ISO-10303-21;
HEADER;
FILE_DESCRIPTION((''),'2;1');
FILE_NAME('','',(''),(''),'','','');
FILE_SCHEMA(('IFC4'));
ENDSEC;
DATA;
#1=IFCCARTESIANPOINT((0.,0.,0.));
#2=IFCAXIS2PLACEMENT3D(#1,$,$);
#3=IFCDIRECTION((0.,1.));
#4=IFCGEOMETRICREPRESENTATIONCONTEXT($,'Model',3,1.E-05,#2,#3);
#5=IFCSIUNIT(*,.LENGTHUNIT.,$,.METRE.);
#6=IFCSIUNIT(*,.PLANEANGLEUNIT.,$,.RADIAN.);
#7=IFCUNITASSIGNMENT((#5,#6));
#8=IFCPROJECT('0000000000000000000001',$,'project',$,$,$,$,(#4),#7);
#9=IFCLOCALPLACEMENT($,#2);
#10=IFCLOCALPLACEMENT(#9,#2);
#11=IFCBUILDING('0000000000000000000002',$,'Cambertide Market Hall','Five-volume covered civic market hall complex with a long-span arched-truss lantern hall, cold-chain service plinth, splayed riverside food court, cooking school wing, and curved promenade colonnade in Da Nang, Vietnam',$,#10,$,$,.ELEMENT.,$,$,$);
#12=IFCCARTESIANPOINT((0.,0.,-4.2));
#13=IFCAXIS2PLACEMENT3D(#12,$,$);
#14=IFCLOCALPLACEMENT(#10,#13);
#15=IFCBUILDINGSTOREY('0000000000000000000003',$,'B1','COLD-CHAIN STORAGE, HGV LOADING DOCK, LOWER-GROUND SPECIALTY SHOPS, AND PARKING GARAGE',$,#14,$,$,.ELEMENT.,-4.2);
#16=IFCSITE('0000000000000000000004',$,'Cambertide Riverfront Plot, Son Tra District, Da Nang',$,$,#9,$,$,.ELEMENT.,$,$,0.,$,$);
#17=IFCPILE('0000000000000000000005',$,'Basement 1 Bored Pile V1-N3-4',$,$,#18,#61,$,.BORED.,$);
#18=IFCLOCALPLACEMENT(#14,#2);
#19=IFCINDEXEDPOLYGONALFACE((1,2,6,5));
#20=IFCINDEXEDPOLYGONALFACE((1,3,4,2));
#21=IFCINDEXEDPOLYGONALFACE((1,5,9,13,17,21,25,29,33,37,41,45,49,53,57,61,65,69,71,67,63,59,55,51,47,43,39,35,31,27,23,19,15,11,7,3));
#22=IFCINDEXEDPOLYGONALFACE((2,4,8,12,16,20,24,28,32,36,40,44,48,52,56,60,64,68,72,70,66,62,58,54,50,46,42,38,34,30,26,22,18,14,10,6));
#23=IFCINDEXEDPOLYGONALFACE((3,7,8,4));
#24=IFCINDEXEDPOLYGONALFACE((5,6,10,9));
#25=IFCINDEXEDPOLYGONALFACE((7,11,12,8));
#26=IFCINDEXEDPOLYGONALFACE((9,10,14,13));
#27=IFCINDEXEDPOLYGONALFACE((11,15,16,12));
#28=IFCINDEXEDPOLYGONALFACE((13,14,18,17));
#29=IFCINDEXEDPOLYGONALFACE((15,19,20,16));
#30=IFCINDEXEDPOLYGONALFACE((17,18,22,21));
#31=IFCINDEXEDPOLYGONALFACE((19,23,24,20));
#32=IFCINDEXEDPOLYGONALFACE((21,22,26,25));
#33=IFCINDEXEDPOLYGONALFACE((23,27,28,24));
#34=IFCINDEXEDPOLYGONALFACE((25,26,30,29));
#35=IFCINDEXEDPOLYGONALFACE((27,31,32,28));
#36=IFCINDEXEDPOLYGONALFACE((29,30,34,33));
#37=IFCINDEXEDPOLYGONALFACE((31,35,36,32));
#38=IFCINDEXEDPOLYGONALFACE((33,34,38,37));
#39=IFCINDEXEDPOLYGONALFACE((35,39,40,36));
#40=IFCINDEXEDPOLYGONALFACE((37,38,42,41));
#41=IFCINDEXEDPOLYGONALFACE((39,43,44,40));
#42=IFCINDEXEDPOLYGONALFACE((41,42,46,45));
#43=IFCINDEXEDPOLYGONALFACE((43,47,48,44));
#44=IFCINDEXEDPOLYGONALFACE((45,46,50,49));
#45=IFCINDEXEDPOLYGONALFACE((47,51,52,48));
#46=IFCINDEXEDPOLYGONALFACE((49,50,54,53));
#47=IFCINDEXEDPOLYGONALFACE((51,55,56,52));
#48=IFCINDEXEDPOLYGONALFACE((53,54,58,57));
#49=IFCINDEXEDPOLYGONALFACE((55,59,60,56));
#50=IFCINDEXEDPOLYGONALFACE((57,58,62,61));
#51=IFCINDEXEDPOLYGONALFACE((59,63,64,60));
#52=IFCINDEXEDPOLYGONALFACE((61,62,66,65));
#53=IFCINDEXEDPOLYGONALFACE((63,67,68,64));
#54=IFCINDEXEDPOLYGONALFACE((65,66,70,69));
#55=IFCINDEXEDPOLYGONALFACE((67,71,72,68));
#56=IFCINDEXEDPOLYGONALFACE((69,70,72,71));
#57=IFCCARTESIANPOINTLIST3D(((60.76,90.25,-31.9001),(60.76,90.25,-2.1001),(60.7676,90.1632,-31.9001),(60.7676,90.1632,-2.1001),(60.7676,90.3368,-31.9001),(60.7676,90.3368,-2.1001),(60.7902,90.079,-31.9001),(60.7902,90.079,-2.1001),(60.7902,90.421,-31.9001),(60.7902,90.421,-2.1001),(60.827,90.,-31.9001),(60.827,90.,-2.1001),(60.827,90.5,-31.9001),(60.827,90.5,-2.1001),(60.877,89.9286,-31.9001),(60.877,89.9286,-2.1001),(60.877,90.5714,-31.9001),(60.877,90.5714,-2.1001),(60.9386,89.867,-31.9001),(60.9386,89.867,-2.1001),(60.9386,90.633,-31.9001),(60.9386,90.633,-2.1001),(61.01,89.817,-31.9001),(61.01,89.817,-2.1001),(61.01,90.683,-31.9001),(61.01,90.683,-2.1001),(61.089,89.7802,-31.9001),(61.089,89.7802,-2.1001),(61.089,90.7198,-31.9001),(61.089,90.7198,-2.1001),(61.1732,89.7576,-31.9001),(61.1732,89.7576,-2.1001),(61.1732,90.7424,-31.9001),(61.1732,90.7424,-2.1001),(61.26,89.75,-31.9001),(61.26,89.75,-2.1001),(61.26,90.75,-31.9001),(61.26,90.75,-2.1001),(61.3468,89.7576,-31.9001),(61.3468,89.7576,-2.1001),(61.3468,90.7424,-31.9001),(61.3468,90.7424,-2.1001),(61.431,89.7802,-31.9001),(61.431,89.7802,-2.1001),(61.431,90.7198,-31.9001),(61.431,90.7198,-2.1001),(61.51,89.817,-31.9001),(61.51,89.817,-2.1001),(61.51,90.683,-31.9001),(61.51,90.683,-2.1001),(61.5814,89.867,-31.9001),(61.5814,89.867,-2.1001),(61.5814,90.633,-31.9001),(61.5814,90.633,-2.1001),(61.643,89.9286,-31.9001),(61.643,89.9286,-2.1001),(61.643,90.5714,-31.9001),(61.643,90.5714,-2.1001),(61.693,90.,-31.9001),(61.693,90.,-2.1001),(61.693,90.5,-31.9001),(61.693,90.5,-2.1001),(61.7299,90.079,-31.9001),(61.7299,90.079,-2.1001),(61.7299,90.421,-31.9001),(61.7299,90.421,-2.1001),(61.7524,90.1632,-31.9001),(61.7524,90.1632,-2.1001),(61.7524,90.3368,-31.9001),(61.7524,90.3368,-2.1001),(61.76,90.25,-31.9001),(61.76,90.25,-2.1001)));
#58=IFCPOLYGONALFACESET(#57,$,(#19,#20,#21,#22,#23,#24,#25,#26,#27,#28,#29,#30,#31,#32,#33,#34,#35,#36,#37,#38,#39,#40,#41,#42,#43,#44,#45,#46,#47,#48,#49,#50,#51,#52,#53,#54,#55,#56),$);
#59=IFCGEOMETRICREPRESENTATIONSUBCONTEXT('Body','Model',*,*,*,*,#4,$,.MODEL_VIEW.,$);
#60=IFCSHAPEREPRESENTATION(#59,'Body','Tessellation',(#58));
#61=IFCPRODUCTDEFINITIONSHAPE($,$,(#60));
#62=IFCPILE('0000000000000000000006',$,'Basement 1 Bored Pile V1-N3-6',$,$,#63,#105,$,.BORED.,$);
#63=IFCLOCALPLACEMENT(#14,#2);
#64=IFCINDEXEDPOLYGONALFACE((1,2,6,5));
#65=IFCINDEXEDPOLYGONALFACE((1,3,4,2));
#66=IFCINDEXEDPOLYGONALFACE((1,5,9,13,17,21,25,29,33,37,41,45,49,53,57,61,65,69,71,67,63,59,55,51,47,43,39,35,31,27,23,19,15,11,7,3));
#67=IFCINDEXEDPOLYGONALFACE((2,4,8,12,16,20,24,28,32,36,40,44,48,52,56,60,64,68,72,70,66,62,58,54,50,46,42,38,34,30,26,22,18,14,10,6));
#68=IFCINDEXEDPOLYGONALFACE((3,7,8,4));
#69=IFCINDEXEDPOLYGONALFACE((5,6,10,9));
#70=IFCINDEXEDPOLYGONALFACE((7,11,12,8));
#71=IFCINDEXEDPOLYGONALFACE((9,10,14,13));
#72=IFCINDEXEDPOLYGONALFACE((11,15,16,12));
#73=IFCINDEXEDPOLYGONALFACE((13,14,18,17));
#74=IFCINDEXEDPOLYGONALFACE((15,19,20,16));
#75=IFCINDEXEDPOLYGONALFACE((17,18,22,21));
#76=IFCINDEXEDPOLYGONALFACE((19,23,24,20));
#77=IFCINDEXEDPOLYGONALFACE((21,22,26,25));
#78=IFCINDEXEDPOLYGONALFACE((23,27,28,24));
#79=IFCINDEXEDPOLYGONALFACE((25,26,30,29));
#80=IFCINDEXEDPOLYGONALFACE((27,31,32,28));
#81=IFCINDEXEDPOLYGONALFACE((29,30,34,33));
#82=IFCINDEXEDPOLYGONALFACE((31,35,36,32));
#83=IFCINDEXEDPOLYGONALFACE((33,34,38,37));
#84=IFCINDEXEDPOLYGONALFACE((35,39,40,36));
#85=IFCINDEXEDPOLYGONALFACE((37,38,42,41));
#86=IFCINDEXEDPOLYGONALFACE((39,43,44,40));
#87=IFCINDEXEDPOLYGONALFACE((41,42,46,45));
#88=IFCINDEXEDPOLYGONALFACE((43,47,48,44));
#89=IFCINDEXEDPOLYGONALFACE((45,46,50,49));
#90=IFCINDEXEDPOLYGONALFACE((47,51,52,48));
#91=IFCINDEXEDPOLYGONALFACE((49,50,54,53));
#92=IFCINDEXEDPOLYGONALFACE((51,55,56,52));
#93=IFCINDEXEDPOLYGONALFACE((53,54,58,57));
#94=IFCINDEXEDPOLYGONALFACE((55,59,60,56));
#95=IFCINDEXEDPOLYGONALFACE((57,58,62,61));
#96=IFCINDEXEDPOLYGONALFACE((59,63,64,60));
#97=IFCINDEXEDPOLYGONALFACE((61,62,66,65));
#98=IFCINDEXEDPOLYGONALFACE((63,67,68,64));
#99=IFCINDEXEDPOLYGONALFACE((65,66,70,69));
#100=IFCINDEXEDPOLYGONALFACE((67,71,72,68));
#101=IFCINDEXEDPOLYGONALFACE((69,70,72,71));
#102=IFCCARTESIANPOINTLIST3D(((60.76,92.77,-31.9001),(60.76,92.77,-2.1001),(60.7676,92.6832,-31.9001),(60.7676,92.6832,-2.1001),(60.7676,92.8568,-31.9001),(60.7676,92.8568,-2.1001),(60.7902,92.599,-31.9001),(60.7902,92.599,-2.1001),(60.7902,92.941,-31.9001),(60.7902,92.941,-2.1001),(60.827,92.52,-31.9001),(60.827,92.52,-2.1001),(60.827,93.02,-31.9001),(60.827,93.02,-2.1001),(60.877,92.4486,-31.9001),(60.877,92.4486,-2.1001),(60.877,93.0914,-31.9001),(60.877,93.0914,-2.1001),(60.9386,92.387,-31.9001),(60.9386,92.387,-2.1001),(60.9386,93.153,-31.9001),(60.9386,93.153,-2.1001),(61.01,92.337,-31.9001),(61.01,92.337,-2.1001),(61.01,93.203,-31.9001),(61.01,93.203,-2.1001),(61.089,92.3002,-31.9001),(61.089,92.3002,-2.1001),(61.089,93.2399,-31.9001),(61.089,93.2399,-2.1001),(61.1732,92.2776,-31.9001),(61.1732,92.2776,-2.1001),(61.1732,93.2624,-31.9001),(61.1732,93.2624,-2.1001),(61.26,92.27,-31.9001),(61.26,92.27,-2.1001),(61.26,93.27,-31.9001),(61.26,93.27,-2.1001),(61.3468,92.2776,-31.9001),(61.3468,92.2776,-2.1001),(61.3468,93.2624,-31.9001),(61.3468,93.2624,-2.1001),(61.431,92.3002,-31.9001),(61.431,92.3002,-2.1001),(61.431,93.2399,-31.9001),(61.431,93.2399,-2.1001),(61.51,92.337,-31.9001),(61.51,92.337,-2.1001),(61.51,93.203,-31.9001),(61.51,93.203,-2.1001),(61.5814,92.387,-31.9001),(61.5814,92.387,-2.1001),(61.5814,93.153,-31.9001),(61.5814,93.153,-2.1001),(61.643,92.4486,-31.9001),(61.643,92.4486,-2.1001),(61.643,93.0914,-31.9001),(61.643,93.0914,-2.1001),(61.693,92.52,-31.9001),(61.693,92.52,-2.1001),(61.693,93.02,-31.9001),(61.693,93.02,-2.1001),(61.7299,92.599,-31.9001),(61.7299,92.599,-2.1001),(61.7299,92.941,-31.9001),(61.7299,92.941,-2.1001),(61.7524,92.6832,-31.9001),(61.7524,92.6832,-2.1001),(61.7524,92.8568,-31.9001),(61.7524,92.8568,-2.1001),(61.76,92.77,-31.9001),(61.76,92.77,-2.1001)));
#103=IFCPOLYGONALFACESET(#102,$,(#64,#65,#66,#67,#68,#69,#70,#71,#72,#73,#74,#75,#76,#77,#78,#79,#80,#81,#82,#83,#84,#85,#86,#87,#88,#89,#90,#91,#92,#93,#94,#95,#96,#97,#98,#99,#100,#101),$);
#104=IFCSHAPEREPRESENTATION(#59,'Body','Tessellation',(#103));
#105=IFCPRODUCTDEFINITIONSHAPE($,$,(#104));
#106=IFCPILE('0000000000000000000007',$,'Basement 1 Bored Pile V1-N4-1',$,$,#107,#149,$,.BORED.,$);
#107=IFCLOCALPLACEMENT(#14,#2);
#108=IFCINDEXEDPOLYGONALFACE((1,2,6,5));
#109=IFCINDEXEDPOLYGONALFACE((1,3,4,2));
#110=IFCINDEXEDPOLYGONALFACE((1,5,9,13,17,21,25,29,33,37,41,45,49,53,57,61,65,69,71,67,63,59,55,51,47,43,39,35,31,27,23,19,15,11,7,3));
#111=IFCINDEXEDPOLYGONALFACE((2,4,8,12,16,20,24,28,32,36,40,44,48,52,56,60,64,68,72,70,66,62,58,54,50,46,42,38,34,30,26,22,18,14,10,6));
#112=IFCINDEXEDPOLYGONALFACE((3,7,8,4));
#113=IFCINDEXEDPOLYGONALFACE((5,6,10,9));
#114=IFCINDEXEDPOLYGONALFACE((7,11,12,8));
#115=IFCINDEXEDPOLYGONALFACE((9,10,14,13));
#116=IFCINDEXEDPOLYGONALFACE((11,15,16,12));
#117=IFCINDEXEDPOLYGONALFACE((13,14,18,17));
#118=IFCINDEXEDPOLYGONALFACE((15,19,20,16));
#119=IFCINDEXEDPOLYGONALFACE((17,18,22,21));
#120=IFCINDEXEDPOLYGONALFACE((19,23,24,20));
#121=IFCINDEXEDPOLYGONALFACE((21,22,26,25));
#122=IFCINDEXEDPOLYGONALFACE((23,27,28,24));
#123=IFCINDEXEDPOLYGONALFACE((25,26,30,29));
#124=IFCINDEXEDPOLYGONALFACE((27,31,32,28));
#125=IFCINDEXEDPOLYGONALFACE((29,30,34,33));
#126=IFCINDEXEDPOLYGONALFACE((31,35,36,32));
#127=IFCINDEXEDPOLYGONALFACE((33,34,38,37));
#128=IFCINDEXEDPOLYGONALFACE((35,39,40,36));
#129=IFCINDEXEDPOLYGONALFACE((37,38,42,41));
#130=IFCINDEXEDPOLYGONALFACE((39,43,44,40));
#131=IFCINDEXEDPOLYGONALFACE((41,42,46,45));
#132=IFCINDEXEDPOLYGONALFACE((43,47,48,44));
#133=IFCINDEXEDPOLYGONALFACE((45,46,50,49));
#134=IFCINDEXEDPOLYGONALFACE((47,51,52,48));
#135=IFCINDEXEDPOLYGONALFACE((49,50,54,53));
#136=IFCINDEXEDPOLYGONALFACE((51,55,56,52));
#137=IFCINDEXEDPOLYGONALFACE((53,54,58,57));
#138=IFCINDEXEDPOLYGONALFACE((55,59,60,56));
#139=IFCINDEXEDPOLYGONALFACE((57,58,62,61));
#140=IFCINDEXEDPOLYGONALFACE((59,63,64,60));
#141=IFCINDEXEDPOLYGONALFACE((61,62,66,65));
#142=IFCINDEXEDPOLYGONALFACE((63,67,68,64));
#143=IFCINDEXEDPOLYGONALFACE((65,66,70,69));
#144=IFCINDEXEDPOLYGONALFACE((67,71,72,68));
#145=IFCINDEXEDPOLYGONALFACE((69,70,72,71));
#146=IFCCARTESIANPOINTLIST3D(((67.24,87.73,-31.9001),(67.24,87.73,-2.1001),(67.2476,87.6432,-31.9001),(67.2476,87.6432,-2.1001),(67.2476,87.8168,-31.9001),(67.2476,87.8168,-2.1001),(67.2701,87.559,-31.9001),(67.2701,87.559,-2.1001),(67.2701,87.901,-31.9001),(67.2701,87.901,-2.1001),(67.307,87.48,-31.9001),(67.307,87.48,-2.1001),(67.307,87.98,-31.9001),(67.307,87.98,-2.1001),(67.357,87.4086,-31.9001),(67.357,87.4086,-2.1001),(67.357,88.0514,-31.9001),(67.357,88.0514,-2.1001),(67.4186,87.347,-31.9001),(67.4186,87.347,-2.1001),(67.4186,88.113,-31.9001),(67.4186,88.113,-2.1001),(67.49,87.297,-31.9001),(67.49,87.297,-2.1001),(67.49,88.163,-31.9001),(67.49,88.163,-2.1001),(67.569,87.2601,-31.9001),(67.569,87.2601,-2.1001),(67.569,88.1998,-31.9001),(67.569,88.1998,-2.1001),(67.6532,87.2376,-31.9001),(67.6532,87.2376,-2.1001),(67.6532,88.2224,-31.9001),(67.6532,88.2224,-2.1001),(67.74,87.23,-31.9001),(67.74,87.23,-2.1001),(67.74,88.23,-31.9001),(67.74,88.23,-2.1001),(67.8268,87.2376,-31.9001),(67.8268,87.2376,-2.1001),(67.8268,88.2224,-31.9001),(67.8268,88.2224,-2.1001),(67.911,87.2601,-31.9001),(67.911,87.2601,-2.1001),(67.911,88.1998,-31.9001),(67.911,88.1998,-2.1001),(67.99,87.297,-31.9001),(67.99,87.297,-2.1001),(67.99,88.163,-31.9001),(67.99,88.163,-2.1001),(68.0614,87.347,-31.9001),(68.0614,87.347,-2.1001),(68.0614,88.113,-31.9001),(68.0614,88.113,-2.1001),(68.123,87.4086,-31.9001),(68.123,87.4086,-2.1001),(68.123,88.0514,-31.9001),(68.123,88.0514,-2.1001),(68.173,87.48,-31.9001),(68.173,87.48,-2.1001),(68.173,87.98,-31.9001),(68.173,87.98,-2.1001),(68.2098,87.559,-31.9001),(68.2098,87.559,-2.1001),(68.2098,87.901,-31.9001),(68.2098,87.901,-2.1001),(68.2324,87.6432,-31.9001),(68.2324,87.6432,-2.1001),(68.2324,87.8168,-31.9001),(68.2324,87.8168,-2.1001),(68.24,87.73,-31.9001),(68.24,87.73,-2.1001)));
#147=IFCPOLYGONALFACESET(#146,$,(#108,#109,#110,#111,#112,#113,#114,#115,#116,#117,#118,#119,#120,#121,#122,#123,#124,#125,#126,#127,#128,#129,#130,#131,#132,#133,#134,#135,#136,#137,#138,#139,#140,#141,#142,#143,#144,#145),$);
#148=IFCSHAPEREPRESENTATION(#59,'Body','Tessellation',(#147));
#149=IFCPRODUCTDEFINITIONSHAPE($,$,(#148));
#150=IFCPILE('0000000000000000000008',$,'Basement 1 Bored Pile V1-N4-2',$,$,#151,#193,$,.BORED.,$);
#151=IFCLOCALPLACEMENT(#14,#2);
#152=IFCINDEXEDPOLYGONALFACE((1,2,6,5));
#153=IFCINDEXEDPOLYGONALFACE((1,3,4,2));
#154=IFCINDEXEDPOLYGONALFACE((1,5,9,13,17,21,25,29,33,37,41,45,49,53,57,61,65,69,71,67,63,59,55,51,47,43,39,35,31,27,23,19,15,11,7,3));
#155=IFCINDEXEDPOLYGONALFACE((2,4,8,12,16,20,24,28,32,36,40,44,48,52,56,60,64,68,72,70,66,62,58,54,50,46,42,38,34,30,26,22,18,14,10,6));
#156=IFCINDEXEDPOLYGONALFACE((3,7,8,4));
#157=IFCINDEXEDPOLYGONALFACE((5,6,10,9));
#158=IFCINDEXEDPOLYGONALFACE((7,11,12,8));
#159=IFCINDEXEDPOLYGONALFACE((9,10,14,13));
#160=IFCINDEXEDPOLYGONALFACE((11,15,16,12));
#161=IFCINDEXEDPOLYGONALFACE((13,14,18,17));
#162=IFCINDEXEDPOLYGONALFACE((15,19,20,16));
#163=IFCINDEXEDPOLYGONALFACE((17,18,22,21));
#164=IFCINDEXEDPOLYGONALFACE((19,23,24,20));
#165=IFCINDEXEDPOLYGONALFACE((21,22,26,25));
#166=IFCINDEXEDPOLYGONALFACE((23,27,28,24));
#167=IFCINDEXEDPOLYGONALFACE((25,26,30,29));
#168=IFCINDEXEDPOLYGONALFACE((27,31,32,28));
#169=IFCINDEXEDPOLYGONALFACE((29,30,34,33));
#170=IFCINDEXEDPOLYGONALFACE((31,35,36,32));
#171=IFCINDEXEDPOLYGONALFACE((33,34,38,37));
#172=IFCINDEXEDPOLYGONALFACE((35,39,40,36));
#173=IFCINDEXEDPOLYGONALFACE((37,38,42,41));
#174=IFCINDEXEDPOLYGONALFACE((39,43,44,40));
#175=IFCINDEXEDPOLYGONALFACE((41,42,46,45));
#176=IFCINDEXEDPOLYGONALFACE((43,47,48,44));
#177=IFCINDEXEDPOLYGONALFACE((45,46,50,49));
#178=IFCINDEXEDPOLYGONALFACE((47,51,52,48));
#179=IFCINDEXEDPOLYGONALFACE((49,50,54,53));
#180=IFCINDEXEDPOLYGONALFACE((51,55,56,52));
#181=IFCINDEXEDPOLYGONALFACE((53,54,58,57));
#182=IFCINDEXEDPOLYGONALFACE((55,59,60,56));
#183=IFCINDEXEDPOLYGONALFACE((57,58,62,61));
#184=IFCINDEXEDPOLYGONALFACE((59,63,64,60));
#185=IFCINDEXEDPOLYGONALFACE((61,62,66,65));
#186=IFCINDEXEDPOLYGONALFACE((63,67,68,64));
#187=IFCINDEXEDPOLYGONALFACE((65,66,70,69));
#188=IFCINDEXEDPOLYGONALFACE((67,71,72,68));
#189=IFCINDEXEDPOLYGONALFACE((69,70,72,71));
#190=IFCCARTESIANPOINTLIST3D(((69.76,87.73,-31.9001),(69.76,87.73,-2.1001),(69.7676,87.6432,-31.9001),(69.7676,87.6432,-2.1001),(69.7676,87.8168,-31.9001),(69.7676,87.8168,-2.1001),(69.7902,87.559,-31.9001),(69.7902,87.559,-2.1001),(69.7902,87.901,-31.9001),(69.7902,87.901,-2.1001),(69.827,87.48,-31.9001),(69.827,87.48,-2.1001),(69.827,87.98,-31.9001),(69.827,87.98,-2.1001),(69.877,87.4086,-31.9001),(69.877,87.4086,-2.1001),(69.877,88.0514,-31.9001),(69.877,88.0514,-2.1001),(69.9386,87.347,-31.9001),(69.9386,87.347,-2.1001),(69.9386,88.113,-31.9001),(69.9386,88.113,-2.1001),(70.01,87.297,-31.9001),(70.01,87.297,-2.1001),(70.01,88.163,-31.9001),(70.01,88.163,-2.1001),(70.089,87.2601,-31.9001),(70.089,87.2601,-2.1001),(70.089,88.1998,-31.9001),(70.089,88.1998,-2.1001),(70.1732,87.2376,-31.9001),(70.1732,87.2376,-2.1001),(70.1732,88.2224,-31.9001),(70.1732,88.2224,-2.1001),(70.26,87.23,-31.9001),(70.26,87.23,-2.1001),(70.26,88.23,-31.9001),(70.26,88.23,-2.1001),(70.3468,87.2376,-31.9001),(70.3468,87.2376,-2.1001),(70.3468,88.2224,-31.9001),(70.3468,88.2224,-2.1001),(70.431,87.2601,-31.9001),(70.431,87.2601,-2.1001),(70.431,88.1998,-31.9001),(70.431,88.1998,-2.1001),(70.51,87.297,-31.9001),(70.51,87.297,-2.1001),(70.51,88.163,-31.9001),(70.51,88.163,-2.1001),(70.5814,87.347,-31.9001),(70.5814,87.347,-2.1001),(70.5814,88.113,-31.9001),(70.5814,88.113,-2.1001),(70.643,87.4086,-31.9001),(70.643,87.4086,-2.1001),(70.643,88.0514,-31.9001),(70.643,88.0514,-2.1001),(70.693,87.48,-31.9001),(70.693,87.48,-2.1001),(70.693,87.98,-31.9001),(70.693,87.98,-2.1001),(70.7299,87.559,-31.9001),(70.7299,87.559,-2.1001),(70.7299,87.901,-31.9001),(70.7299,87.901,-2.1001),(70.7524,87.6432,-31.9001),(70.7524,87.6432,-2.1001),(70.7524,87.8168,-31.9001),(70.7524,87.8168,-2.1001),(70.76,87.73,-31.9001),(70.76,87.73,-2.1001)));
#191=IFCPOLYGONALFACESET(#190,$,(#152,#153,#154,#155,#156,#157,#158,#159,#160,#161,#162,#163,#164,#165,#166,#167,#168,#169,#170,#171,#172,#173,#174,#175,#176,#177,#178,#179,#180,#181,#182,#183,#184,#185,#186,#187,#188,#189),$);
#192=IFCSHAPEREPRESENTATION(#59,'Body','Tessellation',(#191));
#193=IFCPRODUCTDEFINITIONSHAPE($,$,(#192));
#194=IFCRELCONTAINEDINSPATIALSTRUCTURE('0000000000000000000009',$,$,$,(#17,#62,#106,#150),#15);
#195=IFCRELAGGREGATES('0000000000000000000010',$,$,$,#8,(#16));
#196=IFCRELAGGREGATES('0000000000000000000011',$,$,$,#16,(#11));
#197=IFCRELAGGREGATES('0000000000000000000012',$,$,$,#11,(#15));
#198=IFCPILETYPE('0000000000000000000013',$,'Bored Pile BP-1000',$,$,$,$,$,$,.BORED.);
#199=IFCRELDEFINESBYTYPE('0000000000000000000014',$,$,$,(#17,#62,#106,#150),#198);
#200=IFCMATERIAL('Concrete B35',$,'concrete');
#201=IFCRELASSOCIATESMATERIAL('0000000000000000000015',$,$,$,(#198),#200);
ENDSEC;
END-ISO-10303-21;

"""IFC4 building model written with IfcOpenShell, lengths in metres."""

from ifc_helpers import new_model, si_unit, direction, frame, origin, origin_2d, place, context, subcontext, project, spatial, circle, extrude, material, material_profile, profile_set, type_object, element, save


model = new_model("IFC4")

# Units and contexts
model_context = context("Model", 3, precision=1e-05, world=origin(), true_north=direction((0.0, 1.0)))
body_context = subcontext(model_context, "Body", "Model", "MODEL_VIEW")
ifc_project = project(units=[si_unit("LENGTHUNIT", "METRE"), si_unit("PLANEANGLEUNIT", "RADIAN")], contexts=[model_context])

# Site, building, storey
site_placement = place(None, origin())
site = spatial("IfcSite", under=ifc_project, at=site_placement, Name="Cambertide Riverfront Plot, Son Tra District, Da Nang", CompositionType="ELEMENT", RefElevation=0.0)
building_placement = place(site_placement, origin())
building = spatial("IfcBuilding", under=site, at=building_placement, Name="Cambertide Market Hall", Description="Five-volume covered civic market hall complex with a long-span arched-truss lantern hall, cold-chain service plinth, splayed riverside food court, cooking school wing, and curved promenade colonnade in Da Nang, Vietnam", CompositionType="ELEMENT")
storey_placement = place(building_placement, frame((0.0, 0.0, -4.2)))
storey = spatial("IfcBuildingStorey", under=building, at=storey_placement, Name="B1", Description="COLD-CHAIN STORAGE, HGV LOADING DOCK, LOWER-GROUND SPECIALTY SHOPS, AND PARKING GARAGE", CompositionType="ELEMENT", Elevation=-4.2)

# Piles
ifc_material_1 = material(Name="Concrete B35", Category="concrete")
ifc_material_profile_1 = material_profile(ifc_material_1, circle(Radius=0.5, at=origin_2d()), Name="BP D1000")
ifc_profile_set_1 = profile_set([ifc_material_profile_1], Name="Concrete B35")
pile_type_1 = type_object("IfcPileType", Name="Bored Pile BP-1000", PredefinedType="BORED", material=ifc_profile_set_1)
for number, where, z_axis, x_axis, name in (
    (1, (61.26, 90.25, -2.1001), (0.0, 0.0, -1.0), (1.0, 0.0, 0.0), "Basement 1 Bored Pile V1-N3-4"),
    (2, (61.26, 92.77, -2.1001), (0.0, 0.0, -1.0), (1.0, 0.0, 0.0), "Basement 1 Bored Pile V1-N3-6"),
    (3, (67.74, 87.73, -2.1001), (0.0, 0.0, -1.0), (1.0, 0.0, 0.0), "Basement 1 Bored Pile V1-N4-1"),
    (4, (70.26, 87.73, -2.1001), (0.0, 0.0, -1.0), (1.0, 0.0, 0.0), "Basement 1 Bored Pile V1-N4-2"),
):
    element("IfcPile", number, at=place(storey_placement, frame(where, z_axis=z_axis, x_axis=x_axis)), inside=storey, type_object=pile_type_1, Name=name, PredefinedType="BORED", context=body_context, shape_type="SweptSolid", body=[
        extrude(circle(Radius=0.5, at=origin_2d()), origin(), (0.0, 0.0, 1.0), 29.8),
    ])

save(model, "model.ifc")
